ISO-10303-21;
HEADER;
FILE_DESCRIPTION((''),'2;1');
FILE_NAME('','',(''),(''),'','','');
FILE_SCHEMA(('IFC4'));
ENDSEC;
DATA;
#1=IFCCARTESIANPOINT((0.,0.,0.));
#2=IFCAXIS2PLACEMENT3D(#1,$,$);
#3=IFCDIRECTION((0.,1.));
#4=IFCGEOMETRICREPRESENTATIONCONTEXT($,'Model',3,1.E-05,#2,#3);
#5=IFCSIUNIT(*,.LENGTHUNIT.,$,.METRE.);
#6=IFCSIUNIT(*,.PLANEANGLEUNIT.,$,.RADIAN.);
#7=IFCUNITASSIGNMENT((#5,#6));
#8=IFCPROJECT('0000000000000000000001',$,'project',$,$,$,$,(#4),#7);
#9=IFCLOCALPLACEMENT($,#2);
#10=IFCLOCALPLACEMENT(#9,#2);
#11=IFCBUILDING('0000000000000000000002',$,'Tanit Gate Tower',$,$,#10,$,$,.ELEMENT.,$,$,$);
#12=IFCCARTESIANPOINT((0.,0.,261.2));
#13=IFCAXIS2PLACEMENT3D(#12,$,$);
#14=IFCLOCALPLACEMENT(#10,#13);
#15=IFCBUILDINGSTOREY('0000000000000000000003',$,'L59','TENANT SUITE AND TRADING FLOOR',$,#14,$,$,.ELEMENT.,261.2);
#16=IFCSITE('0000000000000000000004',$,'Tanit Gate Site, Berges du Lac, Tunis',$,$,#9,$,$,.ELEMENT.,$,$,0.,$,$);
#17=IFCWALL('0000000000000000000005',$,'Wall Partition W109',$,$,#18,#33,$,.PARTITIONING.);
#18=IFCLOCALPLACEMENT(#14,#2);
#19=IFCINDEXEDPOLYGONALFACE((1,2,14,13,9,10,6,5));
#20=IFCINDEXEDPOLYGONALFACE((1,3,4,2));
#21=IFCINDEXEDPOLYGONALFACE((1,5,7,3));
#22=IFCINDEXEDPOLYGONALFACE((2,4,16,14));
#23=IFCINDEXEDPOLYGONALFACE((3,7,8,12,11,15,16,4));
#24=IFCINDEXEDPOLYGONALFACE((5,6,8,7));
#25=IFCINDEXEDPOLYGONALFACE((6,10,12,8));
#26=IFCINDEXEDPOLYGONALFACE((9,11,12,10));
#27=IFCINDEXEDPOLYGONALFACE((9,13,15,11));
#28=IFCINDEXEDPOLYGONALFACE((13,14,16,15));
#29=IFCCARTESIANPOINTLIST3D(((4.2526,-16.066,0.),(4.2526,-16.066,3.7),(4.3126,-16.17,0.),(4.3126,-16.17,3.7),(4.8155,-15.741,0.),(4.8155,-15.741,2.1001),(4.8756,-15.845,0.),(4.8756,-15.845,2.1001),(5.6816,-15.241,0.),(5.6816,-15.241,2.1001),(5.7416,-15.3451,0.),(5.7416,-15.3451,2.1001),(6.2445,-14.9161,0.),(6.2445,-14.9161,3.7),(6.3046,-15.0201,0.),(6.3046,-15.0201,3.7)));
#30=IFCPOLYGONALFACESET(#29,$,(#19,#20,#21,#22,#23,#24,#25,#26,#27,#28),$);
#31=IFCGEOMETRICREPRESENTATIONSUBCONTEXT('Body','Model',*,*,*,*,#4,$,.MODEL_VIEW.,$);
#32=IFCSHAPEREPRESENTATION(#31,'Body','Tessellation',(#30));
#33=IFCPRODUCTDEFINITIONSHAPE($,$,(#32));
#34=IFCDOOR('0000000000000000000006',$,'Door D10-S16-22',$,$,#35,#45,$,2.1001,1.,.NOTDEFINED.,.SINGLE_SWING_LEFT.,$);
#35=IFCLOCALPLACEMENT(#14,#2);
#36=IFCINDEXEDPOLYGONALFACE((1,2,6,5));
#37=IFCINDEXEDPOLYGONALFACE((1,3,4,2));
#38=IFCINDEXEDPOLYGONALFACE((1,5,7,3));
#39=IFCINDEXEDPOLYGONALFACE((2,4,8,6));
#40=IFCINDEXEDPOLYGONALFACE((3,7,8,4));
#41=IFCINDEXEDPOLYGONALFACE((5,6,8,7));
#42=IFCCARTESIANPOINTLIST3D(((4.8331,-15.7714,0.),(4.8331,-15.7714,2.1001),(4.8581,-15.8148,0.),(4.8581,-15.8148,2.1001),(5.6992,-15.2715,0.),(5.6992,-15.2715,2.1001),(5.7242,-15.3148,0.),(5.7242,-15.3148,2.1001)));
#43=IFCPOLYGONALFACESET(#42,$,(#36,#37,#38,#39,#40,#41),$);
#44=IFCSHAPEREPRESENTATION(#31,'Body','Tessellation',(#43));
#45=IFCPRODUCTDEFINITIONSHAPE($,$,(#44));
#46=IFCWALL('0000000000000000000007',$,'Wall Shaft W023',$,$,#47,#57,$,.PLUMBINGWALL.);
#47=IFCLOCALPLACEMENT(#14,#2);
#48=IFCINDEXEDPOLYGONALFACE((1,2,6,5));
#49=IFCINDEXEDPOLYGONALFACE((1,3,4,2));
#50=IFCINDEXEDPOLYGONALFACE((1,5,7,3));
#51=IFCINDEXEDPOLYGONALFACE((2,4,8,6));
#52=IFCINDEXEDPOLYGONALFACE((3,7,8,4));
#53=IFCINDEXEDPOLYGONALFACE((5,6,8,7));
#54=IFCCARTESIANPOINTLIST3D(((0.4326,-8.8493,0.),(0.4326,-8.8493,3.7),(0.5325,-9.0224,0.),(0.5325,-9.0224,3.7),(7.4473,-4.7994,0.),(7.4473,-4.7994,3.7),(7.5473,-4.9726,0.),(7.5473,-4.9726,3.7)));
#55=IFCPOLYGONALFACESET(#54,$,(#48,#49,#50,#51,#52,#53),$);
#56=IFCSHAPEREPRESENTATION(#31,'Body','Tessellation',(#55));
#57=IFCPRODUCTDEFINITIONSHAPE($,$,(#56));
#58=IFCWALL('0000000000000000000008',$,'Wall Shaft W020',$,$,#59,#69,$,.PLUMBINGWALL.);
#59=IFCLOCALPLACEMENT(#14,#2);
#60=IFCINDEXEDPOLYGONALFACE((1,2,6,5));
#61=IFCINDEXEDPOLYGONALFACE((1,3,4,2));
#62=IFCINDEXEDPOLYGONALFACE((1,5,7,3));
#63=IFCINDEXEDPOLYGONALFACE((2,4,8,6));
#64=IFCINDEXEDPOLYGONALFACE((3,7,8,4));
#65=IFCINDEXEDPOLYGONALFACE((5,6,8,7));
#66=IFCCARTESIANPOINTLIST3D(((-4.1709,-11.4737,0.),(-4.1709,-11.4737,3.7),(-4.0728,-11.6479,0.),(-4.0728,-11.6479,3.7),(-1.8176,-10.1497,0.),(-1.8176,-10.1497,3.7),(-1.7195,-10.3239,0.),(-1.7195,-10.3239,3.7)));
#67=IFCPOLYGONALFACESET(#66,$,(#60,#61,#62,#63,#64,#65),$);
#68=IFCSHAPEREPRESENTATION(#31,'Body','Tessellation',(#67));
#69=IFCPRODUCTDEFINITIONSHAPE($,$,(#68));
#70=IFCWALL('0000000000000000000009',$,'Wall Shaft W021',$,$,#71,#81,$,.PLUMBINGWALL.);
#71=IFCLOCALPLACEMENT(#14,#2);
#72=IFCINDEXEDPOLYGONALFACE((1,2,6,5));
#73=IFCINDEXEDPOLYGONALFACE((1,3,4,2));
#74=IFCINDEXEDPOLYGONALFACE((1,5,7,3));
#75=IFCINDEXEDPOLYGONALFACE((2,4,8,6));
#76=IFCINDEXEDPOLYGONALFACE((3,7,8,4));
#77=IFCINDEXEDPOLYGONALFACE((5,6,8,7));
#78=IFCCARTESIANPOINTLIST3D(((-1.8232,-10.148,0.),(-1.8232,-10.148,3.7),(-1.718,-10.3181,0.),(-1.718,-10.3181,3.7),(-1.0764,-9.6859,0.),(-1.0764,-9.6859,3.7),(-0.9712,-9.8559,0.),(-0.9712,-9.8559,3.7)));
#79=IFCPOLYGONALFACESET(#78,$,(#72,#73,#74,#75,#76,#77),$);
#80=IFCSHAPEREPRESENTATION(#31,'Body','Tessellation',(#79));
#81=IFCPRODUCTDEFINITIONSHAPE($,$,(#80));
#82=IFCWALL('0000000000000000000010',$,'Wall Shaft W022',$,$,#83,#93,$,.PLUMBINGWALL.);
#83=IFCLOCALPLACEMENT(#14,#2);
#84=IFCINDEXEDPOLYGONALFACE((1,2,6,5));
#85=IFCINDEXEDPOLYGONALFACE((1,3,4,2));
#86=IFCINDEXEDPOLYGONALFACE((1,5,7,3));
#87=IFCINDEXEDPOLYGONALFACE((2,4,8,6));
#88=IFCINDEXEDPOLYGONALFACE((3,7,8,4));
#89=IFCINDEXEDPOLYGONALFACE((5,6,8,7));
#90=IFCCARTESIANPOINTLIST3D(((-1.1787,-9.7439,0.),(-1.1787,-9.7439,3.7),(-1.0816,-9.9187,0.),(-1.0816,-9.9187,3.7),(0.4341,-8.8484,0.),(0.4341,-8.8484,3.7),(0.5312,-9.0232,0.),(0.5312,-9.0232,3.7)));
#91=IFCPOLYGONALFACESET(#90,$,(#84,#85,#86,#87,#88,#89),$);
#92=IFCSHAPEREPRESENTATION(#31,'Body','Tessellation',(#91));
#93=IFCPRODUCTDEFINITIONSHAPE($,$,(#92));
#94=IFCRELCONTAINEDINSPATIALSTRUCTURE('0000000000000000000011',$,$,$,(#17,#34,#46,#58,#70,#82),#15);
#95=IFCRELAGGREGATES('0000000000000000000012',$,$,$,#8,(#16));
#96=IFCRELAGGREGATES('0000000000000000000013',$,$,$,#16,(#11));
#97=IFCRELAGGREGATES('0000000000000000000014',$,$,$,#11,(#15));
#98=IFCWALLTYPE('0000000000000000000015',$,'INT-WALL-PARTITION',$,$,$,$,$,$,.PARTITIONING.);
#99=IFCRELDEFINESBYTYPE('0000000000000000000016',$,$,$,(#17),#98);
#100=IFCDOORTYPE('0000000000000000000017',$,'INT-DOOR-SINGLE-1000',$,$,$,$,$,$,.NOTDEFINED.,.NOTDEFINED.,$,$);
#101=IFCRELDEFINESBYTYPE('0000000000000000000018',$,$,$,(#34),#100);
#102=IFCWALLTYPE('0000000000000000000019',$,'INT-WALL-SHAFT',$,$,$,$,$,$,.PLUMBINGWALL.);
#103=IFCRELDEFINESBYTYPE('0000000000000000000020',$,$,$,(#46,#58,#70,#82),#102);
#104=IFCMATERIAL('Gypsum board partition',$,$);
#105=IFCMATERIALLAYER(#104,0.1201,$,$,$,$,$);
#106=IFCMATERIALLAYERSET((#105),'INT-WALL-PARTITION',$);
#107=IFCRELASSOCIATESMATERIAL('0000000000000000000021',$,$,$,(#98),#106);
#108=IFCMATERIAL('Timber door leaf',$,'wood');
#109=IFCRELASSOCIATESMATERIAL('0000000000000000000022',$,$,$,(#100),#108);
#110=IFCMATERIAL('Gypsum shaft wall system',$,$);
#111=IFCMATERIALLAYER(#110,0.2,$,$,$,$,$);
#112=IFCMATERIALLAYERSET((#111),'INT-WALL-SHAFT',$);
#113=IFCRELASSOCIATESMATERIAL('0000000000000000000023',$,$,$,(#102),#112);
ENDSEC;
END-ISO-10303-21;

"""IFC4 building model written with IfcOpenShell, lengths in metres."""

from ifc_helpers import new_model, si_unit, direction, frame, frame_2d, origin, place, context, subcontext, project, spatial, rectangle, extrude, material, layer, layer_set, type_object, element, fill, save


model = new_model("IFC4")

# Units and contexts
model_context = context("Model", 3, precision=1e-05, world=origin(), true_north=direction((0.0, 1.0)))
body_context = subcontext(model_context, "Body", "Model", "MODEL_VIEW")
ifc_project = project(units=[si_unit("LENGTHUNIT", "METRE"), si_unit("PLANEANGLEUNIT", "RADIAN")], contexts=[model_context])

# Site, building, storey
site_placement = place(None, origin())
site = spatial("IfcSite", under=ifc_project, at=site_placement, Name="Tanit Gate Site, Berges du Lac, Tunis", CompositionType="ELEMENT", RefElevation=0.0)
building_placement = place(site_placement, origin())
building = spatial("IfcBuilding", under=site, at=building_placement, Name="Tanit Gate Tower", CompositionType="ELEMENT")
storey_placement = place(building_placement, frame((0.0, 0.0, 261.2)))
storey = spatial("IfcBuildingStorey", under=building, at=storey_placement, Name="L59", Description="TENANT SUITE AND TRADING FLOOR", CompositionType="ELEMENT", Elevation=261.2)

# Wall, opening, door
ifc_material_1 = material(Name="Gypsum board partition")
ifc_layer_1 = layer(ifc_material_1, 0.1201)
ifc_layer_set_1 = layer_set([ifc_layer_1], Name="INT-WALL-PARTITION")
wall_type_1 = type_object("IfcWallType", Name="INT-WALL-PARTITION", PredefinedType="PARTITIONING", material=ifc_layer_set_1)
wall_1_placement = place(storey_placement, frame((4.2827, -16.1179, 0.0), z_axis=(0.0, 0.0, 1.0), x_axis=(0.866053, 0.499952, 0.0)))
wall_1 = element("IfcWall", 1, at=wall_1_placement, inside=storey, type_object=wall_type_1, Name="Wall Partition W109", PredefinedType="PARTITIONING", context=body_context, shape_type="SweptSolid", body=[
    extrude(rectangle(XDim=2.3, YDim=0.1201, at=frame_2d((1.1499, 0.0))), origin(), (0.0, 0.0, 1.0), 3.7),
])
opening_1_placement = place(wall_1_placement, frame((0.6499, 0.0, 0.0)))
opening_1 = element("IfcOpeningElement", 2, at=opening_1_placement, cuts=wall_1, PredefinedType="OPENING", context=body_context, shape_type="SweptSolid", body=[
    extrude(rectangle(XDim=1.0, YDim=2.1001, at=frame_2d((0.5, 1.05))), frame((0.0, 0.0701, 0.0), z_axis=(0.0, -1.0, 0.0), x_axis=(1.0, 0.0, 0.0)), (0.0, 0.0, 1.0), 0.1401),
])
ifc_material_2 = material(Name="Timber door leaf", Category="wood")
door_type_1 = type_object("IfcDoorType", Name="INT-DOOR-SINGLE-1000", OperationType="NOTDEFINED", PredefinedType="NOTDEFINED", material=ifc_material_2)
door_1_placement = place(opening_1_placement, origin())
door_1 = element("IfcDoor", 3, at=door_1_placement, inside=storey, type_object=door_type_1, Name="Door D10-S16-22", OperationType="SINGLE_SWING_LEFT", OverallHeight=2.1001, OverallWidth=1.0, PredefinedType="NOTDEFINED", context=body_context, shape_type="SweptSolid", body=[
    extrude(rectangle(XDim=1.0, YDim=2.1001, at=frame_2d((0.5, 1.05))), frame((0.0, 0.0249, 0.0), z_axis=(0.0, -1.0, 0.0), x_axis=(1.0, 0.0, 0.0)), (0.0, 0.0, 1.0), 0.05),
])
fill(opening_1, door_1)

# Walls
ifc_material_3 = material(Name="Gypsum shaft wall system")
ifc_layer_2 = layer(ifc_material_3, 0.2)
ifc_layer_set_2 = layer_set([ifc_layer_2], Name="INT-WALL-SHAFT")
wall_type_2 = type_object("IfcWallType", Name="INT-WALL-SHAFT", PredefinedType="PLUMBINGWALL", material=ifc_layer_set_2)
wall_2_placement = place(storey_placement, frame((0.4827, -8.9358, 0.0), z_axis=(0.0, 0.0, 1.0), x_axis=(0.866031, 0.49999, 0.0)))
element("IfcWall", 4, at=wall_2_placement, inside=storey, type_object=wall_type_2, Name="Wall Shaft W023", PredefinedType="PLUMBINGWALL", context=body_context, shape_type="SweptSolid", body=[
    extrude(rectangle(XDim=8.0999, YDim=0.2, at=frame_2d((4.0498, 0.0))), origin(), (0.0, 0.0, 1.0), 3.7),
])
wall_3_placement = place(storey_placement, frame((-1.7686, -10.2368, 0.0), z_axis=(0.0, 0.0, 1.0), x_axis=(-0.871534, -0.490334, 0.0)))
element("IfcWall", 5, at=wall_3_placement, inside=storey, type_object=wall_type_2, Name="Wall Shaft W020", PredefinedType="PLUMBINGWALL", context=body_context, shape_type="SweptSolid", body=[
    extrude(rectangle(XDim=2.7002, YDim=0.2, at=frame_2d((1.3501, 0.0))), origin(), (0.0, 0.0, 1.0), 3.7),
])
wall_4_placement = place(storey_placement, frame((-1.0239, -9.771, 0.0), z_axis=(0.0, 0.0, 1.0), x_axis=(-0.850348, -0.526221, 0.0)))
element("IfcWall", 6, at=wall_4_placement, inside=storey, type_object=wall_type_2, Name="Wall Shaft W021", PredefinedType="PLUMBINGWALL", context=body_context, shape_type="SweptSolid", body=[
    extrude(rectangle(XDim=0.8782, YDim=0.2, at=frame_2d((0.439, 0.0))), origin(), (0.0, 0.0, 1.0), 3.7),
])
wall_5_placement = place(storey_placement, frame((-1.1301, -9.8313, 0.0), z_axis=(0.0, 0.0, 1.0), x_axis=(0.87427, 0.485441, 0.0)))
element("IfcWall", 7, at=wall_5_placement, inside=storey, type_object=wall_type_2, Name="Wall Shaft W022", PredefinedType="PLUMBINGWALL", context=body_context, shape_type="SweptSolid", body=[
    extrude(rectangle(XDim=1.8447, YDim=0.2, at=frame_2d((0.9224, 0.0))), origin(), (0.0, 0.0, 1.0), 3.7),
])

save(model, "model.ifc")
